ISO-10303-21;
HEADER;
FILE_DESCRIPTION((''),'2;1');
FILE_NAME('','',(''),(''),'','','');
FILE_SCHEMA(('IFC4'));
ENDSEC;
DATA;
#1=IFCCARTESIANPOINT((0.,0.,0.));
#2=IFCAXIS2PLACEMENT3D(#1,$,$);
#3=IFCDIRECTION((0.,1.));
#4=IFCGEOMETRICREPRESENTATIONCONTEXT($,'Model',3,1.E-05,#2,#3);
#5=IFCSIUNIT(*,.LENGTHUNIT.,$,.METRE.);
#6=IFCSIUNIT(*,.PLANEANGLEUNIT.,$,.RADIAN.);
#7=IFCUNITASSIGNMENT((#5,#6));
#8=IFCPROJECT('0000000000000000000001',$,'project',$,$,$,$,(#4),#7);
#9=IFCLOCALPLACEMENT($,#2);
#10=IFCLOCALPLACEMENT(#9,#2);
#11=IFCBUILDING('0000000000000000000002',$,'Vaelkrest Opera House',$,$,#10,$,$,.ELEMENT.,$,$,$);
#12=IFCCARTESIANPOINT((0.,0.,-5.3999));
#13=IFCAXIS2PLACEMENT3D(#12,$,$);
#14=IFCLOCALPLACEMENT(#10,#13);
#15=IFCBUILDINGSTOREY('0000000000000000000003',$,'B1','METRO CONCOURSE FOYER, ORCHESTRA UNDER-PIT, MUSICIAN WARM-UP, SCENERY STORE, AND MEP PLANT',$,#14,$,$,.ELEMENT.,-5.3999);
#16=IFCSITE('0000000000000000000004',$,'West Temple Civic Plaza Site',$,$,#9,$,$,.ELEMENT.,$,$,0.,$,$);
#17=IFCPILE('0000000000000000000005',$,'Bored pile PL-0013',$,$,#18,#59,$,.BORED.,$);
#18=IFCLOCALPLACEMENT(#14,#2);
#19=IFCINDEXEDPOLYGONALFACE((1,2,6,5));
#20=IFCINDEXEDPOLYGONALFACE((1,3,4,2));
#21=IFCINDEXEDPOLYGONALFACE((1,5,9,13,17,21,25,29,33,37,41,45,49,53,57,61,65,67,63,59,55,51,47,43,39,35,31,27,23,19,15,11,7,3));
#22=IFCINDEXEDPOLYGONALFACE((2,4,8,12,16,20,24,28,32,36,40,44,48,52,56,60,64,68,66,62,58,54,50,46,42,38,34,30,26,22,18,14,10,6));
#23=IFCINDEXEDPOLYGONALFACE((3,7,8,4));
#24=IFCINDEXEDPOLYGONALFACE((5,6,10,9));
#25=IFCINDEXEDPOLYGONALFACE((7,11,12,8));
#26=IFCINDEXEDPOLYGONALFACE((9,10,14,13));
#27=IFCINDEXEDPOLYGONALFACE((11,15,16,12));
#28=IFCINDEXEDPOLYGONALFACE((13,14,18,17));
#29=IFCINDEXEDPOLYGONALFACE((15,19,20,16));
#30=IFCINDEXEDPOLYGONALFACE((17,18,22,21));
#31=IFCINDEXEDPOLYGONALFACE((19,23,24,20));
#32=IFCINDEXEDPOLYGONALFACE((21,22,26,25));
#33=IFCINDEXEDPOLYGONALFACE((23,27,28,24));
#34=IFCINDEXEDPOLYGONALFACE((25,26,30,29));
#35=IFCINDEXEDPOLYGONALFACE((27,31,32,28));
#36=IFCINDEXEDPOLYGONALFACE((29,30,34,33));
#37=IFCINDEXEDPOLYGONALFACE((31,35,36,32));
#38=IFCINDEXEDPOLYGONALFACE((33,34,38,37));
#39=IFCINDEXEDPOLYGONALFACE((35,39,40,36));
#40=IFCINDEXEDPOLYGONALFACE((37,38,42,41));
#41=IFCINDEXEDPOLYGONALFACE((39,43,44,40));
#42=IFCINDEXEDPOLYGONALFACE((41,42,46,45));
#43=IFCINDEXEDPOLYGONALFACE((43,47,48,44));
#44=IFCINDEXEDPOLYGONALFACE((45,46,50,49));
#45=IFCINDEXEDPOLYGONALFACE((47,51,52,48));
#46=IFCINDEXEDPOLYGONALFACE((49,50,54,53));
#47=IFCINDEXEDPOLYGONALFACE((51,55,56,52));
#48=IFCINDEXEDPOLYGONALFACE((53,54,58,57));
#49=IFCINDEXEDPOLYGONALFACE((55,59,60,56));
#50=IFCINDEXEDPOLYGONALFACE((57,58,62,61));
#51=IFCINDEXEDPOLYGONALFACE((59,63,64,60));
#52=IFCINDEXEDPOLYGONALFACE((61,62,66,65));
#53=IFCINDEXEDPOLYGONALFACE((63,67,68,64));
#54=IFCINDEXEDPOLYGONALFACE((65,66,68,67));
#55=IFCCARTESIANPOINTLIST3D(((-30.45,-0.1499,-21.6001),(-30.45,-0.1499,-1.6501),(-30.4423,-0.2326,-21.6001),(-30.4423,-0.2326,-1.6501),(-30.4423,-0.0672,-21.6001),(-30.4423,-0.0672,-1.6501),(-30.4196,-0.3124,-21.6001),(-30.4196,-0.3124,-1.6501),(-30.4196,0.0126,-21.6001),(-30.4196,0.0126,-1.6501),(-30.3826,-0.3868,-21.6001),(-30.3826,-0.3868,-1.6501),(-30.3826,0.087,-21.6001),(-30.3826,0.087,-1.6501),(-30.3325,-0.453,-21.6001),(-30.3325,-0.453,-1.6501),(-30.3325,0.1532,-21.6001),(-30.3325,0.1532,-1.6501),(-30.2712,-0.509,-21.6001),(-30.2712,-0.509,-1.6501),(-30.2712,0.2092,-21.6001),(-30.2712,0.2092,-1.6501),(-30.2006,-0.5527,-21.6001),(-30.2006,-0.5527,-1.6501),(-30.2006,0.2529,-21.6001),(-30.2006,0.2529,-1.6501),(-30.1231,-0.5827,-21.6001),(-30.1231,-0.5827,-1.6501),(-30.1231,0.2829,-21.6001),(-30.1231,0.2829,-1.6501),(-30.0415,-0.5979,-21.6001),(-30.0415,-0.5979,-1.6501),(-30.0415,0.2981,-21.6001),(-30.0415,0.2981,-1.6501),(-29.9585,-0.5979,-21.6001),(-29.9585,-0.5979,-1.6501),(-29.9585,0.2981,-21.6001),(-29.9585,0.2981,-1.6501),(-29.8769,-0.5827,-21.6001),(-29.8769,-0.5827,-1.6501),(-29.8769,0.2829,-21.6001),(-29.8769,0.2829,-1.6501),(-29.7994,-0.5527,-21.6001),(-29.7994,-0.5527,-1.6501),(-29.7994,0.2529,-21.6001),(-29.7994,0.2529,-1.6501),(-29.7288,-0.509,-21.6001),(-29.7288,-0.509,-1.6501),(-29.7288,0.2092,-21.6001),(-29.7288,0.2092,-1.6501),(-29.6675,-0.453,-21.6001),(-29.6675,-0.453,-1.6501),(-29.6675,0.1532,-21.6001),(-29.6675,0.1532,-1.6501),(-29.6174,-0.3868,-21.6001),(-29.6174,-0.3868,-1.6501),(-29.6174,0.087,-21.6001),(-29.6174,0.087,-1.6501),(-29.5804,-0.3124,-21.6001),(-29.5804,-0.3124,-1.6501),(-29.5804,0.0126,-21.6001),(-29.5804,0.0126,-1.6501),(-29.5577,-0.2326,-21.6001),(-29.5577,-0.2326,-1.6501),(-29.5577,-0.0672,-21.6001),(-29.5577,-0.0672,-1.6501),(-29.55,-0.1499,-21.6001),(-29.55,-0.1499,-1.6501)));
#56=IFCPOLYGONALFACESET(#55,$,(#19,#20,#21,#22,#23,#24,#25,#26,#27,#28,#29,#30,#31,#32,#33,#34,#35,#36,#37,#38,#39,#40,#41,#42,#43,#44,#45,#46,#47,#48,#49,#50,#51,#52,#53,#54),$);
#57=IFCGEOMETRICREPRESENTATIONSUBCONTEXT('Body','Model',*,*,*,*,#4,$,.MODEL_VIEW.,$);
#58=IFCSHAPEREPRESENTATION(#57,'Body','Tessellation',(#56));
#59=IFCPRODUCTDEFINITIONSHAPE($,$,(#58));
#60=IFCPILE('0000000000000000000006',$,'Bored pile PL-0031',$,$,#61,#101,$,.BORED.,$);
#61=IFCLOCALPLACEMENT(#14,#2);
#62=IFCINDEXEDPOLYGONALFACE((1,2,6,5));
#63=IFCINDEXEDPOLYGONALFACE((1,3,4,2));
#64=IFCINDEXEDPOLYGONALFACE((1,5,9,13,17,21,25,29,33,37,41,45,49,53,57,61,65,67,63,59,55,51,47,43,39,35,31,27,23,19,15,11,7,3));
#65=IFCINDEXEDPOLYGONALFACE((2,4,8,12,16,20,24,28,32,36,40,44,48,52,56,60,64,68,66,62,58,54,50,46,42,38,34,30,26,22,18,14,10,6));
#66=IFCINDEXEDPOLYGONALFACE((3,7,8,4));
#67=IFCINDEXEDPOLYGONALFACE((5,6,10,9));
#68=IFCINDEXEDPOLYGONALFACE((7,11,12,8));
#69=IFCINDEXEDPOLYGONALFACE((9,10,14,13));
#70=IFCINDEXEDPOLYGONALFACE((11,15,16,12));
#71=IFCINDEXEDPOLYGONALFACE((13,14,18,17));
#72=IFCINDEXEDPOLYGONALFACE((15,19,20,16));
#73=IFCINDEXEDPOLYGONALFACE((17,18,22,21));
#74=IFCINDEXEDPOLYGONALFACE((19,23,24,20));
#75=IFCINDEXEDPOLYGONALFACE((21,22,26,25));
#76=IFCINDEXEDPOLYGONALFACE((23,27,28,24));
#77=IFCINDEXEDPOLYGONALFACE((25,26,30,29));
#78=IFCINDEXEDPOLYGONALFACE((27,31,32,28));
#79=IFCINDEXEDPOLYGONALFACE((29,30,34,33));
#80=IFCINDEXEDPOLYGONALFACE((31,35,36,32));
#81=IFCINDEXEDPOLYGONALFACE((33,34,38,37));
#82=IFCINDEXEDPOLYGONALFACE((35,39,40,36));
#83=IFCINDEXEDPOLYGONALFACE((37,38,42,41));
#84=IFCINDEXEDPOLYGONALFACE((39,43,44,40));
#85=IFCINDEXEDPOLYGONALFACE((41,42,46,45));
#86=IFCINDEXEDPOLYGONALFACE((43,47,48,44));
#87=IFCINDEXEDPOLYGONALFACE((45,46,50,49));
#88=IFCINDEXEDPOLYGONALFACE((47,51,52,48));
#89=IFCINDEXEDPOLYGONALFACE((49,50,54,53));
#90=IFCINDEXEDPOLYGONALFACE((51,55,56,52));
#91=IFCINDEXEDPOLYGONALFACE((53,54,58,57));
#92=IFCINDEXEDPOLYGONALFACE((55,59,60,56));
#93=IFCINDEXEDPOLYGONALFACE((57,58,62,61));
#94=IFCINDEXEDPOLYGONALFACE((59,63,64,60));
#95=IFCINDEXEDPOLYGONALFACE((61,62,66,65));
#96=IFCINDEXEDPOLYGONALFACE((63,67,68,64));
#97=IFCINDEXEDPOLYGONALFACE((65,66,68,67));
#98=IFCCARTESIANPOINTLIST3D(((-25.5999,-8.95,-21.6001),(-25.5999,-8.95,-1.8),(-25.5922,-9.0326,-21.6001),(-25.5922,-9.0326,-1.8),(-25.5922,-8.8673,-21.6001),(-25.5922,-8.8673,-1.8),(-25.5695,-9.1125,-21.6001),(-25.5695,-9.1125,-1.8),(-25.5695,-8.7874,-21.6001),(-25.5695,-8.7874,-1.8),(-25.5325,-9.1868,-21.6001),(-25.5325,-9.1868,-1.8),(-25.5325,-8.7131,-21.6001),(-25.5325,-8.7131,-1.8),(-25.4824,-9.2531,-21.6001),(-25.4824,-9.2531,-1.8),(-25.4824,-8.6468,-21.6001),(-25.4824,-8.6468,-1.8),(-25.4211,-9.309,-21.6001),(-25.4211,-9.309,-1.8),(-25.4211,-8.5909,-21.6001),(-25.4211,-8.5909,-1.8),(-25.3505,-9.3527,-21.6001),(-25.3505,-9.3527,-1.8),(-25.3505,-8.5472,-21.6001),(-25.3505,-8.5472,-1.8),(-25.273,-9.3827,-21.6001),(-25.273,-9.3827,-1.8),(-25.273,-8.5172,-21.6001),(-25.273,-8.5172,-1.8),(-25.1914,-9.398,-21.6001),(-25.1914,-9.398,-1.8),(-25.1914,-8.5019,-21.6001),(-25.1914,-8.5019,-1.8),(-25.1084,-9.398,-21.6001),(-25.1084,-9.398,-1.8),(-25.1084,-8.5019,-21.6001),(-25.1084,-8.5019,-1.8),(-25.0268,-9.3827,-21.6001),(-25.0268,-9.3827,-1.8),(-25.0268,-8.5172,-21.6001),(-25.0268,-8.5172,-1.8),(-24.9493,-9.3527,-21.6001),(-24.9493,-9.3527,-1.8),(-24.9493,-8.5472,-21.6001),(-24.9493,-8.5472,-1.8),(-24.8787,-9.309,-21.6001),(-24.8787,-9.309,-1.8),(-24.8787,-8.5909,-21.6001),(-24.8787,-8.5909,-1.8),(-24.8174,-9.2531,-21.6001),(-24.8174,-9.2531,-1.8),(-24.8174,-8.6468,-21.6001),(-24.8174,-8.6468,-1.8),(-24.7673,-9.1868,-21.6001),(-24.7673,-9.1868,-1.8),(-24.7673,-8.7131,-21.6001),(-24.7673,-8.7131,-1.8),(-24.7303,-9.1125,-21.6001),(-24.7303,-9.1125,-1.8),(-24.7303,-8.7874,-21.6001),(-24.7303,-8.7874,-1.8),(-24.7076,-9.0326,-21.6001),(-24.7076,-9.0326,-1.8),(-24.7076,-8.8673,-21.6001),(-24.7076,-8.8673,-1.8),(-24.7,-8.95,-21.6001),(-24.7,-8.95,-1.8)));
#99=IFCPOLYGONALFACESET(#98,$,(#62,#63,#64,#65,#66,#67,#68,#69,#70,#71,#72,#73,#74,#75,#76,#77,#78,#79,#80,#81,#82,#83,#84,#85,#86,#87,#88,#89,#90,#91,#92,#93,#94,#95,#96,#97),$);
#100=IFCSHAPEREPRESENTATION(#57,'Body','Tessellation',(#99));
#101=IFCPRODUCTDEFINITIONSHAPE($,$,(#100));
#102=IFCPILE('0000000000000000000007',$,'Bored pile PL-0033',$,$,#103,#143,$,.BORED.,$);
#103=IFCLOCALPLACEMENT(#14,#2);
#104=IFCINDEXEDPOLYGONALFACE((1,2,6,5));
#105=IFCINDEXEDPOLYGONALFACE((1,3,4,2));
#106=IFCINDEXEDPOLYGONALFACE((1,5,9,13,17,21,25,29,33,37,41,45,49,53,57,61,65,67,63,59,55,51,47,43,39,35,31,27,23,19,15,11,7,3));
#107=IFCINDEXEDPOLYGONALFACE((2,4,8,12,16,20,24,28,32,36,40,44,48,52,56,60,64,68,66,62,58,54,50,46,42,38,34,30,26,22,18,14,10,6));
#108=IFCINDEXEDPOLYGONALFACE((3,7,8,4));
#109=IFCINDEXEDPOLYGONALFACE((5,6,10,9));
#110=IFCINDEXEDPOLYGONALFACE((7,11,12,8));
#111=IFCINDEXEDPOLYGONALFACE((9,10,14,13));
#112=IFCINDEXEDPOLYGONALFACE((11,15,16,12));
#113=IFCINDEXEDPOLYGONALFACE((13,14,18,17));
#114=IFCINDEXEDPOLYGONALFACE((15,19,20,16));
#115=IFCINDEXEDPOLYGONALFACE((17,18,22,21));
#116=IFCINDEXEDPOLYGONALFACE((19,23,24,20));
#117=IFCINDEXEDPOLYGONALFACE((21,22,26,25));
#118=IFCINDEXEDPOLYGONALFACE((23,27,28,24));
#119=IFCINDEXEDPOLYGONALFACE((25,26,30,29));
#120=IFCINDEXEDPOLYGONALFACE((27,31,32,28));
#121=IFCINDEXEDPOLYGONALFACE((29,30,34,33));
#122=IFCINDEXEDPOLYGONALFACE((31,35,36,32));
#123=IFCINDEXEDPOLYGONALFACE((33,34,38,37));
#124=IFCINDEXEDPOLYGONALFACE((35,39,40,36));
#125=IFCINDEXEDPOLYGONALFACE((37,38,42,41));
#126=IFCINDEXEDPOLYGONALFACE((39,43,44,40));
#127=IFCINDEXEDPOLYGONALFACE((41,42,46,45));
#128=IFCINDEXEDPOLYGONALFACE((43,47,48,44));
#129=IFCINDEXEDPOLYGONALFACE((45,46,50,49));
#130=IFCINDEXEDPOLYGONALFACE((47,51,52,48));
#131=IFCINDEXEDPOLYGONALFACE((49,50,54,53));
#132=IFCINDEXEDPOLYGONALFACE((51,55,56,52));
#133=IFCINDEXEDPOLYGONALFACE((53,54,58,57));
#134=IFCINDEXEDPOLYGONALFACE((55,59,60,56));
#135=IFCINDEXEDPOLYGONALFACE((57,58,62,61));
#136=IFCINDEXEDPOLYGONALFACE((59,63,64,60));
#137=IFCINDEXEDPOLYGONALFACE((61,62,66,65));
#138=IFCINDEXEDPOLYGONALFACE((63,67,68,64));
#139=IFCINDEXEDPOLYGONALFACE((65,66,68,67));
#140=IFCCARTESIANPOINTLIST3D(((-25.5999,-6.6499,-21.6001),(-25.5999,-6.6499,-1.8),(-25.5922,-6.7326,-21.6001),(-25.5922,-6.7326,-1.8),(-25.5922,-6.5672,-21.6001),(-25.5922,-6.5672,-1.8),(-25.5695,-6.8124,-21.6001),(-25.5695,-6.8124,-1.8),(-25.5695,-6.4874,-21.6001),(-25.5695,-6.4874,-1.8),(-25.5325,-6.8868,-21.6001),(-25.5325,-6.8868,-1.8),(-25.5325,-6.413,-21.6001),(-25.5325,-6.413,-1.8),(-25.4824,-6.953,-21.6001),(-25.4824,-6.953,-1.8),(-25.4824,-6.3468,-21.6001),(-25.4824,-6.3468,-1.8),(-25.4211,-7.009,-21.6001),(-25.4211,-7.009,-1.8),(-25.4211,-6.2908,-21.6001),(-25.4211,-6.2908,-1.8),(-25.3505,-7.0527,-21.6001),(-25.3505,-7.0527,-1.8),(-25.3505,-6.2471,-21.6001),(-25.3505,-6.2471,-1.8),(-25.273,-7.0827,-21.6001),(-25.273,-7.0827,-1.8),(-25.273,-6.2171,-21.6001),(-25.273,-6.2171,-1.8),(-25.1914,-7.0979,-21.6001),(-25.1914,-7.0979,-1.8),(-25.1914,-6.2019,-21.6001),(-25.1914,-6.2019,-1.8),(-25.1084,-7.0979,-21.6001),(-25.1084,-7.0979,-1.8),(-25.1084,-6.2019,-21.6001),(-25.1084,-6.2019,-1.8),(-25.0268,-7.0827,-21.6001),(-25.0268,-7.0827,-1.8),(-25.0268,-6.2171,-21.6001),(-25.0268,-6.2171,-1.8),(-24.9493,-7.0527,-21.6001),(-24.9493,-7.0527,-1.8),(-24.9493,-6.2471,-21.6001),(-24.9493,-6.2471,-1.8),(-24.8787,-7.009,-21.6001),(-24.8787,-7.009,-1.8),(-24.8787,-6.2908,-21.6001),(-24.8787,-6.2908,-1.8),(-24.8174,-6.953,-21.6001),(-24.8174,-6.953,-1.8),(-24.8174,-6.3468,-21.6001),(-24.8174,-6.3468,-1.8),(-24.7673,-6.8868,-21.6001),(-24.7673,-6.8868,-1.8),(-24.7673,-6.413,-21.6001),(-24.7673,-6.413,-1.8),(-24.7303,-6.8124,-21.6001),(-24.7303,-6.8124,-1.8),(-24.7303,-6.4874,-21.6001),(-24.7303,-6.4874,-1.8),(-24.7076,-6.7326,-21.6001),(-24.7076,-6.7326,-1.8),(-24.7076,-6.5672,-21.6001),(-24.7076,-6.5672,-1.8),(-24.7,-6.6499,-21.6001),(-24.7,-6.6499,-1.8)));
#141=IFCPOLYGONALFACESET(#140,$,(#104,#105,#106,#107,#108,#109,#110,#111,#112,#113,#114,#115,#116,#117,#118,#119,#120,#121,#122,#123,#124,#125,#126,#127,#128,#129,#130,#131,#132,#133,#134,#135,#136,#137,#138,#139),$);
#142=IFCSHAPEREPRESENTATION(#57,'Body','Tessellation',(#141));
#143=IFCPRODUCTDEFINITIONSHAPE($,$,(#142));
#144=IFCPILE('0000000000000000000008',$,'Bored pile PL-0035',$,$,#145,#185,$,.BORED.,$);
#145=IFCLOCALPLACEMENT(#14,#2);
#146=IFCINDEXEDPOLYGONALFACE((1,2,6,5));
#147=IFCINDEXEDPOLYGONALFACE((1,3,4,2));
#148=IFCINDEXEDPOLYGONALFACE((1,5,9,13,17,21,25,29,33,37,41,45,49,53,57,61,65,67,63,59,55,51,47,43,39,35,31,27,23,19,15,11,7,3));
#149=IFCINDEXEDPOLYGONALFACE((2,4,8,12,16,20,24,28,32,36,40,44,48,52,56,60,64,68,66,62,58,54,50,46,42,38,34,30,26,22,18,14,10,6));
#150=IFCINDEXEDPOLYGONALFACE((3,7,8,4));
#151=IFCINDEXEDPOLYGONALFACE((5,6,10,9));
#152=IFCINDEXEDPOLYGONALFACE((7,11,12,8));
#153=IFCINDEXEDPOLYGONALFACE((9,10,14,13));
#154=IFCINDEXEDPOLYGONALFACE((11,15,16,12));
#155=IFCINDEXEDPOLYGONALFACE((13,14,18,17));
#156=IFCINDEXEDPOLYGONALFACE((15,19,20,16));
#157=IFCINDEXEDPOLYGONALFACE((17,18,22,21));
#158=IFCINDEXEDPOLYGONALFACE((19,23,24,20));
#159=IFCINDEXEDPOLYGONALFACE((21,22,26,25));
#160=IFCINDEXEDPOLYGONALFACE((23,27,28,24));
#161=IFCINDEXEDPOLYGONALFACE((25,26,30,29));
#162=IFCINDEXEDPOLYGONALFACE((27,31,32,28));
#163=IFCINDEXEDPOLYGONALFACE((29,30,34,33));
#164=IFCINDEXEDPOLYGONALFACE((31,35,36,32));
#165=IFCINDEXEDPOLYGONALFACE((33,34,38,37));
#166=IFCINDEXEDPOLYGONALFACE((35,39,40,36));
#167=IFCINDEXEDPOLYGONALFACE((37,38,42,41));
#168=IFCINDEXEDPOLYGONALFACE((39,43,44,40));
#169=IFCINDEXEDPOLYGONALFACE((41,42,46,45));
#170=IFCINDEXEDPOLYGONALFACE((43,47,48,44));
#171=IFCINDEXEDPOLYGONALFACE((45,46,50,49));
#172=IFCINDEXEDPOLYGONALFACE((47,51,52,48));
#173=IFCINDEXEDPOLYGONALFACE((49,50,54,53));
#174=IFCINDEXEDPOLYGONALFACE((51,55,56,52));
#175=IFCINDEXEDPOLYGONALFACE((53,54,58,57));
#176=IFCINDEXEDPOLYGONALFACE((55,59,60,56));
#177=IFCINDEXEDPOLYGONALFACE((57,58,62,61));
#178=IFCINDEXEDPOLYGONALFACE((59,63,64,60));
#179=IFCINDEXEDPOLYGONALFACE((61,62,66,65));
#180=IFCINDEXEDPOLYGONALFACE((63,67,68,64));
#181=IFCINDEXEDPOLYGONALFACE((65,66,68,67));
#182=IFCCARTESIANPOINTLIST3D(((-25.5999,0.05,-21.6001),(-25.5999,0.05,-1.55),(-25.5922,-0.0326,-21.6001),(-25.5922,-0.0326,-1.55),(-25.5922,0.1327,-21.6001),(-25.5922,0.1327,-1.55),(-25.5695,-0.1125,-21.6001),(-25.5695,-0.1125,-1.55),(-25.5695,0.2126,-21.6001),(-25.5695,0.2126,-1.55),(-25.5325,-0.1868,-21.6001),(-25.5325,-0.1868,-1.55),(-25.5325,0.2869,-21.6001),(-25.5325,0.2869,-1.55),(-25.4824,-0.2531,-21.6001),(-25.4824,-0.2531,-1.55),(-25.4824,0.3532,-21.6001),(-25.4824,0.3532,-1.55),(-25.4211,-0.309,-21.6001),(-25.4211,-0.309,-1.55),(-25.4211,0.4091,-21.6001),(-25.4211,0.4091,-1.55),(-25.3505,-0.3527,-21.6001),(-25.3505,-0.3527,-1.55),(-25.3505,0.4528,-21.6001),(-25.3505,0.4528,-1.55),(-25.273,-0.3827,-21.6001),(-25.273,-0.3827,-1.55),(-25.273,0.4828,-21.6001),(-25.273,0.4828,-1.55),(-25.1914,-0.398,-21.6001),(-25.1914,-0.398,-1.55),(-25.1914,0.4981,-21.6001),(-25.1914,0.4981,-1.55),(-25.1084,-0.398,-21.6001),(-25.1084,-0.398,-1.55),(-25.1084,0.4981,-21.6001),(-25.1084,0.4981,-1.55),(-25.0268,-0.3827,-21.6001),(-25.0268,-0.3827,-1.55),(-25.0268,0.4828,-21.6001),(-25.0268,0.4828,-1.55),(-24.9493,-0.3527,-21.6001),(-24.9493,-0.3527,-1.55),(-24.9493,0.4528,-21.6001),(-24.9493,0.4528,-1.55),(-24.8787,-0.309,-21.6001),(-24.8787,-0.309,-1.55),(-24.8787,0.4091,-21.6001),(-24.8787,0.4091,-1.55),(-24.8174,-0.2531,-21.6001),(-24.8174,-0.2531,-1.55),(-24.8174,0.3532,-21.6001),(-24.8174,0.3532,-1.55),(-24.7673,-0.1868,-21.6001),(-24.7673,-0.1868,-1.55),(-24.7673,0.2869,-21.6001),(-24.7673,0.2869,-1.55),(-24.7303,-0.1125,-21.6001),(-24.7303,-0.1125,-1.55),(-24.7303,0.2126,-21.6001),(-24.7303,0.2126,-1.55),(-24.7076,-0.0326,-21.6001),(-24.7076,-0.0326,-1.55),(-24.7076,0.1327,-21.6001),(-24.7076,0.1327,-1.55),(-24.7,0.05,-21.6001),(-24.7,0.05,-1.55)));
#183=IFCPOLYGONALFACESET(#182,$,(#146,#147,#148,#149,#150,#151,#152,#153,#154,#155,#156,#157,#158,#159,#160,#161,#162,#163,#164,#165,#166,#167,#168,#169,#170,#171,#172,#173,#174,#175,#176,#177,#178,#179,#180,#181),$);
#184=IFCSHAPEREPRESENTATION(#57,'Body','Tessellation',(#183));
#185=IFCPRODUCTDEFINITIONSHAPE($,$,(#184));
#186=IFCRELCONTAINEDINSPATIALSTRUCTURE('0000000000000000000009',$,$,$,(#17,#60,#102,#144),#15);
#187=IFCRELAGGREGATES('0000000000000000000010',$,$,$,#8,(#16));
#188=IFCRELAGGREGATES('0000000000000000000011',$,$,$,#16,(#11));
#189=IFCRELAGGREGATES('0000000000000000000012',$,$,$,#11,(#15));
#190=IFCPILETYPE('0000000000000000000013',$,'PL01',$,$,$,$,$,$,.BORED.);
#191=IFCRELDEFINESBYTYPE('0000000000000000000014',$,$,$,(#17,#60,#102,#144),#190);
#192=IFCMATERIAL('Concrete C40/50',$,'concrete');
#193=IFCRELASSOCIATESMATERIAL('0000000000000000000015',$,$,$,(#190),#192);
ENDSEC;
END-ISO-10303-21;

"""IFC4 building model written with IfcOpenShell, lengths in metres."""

from ifc_helpers import new_model, si_unit, direction, frame, origin, origin_2d, place, context, subcontext, project, spatial, circle, extrude, material, material_profile, profile_set, type_object, element, save


model = new_model("IFC4")

# Units and contexts
model_context = context("Model", 3, precision=1e-05, world=origin(), true_north=direction((0.0, 1.0)))
body_context = subcontext(model_context, "Body", "Model", "MODEL_VIEW")
ifc_project = project(units=[si_unit("LENGTHUNIT", "METRE"), si_unit("PLANEANGLEUNIT", "RADIAN")], contexts=[model_context])

# Site, building, storey
site_placement = place(None, origin())
site = spatial("IfcSite", under=ifc_project, at=site_placement, Name="West Temple Civic Plaza Site", CompositionType="ELEMENT", RefElevation=0.0)
building_placement = place(site_placement, origin())
building = spatial("IfcBuilding", under=site, at=building_placement, Name="Vaelkrest Opera House", CompositionType="ELEMENT")
storey_placement = place(building_placement, frame((0.0, 0.0, -5.3999)))
storey = spatial("IfcBuildingStorey", under=building, at=storey_placement, Name="B1", Description="METRO CONCOURSE FOYER, ORCHESTRA UNDER-PIT, MUSICIAN WARM-UP, SCENERY STORE, AND MEP PLANT", CompositionType="ELEMENT", Elevation=-5.3999)

# Shared definitions
ifc_material_1 = material(Name="Concrete C40/50", Category="concrete")

# Piles
ifc_material_profile_1 = material_profile(ifc_material_1, circle(Radius=0.45, at=origin_2d()), Name="PILE900")
ifc_profile_set_1 = profile_set([ifc_material_profile_1], Name="Concrete C40/50")
pile_type = type_object("IfcPileType", Name="PL01", PredefinedType="BORED", material=ifc_profile_set_1)
for number, where, z_axis, x_axis, name in (
    (1, (-30.0, -0.1499, -1.6501), (0.0, 0.0, -1.0), (1.0, 0.0, 0.0), "Bored pile PL-0013"),
):
    element("IfcPile", number, at=place(storey_placement, frame(where, z_axis=z_axis, x_axis=x_axis)), inside=storey, type_object=pile_type, Name=name, PredefinedType="BORED", context=body_context, shape_type="SweptSolid", body=[
        extrude(circle(Radius=0.45, at=origin_2d()), origin(), (0.0, 0.0, 1.0), 19.95),
    ])
for number, where, z_axis, x_axis, name in (
    (2, (-25.1499, -8.95, -1.8), (0.0, 0.0, -1.0), (1.0, 0.0, 0.0), "Bored pile PL-0031"),
    (3, (-25.1499, -6.6499, -1.8), (0.0, 0.0, -1.0), (1.0, 0.0, 0.0), "Bored pile PL-0033"),
):
    element("IfcPile", number, at=place(storey_placement, frame(where, z_axis=z_axis, x_axis=x_axis)), inside=storey, type_object=pile_type, Name=name, PredefinedType="BORED", context=body_context, shape_type="SweptSolid", body=[
        extrude(circle(Radius=0.45, at=origin_2d()), origin(), (0.0, 0.0, 1.0), 19.8),
    ])
pile_placement = place(storey_placement, frame((-25.1499, 0.05, -1.55), z_axis=(0.0, 0.0, -1.0), x_axis=(1.0, 0.0, 0.0)))
element("IfcPile", 4, at=pile_placement, inside=storey, type_object=pile_type, Name="Bored pile PL-0035", PredefinedType="BORED", context=body_context, shape_type="SweptSolid", body=[
    extrude(circle(Radius=0.45, at=origin_2d()), origin(), (0.0, 0.0, 1.0), 20.05),
])

save(model, "model.ifc")
